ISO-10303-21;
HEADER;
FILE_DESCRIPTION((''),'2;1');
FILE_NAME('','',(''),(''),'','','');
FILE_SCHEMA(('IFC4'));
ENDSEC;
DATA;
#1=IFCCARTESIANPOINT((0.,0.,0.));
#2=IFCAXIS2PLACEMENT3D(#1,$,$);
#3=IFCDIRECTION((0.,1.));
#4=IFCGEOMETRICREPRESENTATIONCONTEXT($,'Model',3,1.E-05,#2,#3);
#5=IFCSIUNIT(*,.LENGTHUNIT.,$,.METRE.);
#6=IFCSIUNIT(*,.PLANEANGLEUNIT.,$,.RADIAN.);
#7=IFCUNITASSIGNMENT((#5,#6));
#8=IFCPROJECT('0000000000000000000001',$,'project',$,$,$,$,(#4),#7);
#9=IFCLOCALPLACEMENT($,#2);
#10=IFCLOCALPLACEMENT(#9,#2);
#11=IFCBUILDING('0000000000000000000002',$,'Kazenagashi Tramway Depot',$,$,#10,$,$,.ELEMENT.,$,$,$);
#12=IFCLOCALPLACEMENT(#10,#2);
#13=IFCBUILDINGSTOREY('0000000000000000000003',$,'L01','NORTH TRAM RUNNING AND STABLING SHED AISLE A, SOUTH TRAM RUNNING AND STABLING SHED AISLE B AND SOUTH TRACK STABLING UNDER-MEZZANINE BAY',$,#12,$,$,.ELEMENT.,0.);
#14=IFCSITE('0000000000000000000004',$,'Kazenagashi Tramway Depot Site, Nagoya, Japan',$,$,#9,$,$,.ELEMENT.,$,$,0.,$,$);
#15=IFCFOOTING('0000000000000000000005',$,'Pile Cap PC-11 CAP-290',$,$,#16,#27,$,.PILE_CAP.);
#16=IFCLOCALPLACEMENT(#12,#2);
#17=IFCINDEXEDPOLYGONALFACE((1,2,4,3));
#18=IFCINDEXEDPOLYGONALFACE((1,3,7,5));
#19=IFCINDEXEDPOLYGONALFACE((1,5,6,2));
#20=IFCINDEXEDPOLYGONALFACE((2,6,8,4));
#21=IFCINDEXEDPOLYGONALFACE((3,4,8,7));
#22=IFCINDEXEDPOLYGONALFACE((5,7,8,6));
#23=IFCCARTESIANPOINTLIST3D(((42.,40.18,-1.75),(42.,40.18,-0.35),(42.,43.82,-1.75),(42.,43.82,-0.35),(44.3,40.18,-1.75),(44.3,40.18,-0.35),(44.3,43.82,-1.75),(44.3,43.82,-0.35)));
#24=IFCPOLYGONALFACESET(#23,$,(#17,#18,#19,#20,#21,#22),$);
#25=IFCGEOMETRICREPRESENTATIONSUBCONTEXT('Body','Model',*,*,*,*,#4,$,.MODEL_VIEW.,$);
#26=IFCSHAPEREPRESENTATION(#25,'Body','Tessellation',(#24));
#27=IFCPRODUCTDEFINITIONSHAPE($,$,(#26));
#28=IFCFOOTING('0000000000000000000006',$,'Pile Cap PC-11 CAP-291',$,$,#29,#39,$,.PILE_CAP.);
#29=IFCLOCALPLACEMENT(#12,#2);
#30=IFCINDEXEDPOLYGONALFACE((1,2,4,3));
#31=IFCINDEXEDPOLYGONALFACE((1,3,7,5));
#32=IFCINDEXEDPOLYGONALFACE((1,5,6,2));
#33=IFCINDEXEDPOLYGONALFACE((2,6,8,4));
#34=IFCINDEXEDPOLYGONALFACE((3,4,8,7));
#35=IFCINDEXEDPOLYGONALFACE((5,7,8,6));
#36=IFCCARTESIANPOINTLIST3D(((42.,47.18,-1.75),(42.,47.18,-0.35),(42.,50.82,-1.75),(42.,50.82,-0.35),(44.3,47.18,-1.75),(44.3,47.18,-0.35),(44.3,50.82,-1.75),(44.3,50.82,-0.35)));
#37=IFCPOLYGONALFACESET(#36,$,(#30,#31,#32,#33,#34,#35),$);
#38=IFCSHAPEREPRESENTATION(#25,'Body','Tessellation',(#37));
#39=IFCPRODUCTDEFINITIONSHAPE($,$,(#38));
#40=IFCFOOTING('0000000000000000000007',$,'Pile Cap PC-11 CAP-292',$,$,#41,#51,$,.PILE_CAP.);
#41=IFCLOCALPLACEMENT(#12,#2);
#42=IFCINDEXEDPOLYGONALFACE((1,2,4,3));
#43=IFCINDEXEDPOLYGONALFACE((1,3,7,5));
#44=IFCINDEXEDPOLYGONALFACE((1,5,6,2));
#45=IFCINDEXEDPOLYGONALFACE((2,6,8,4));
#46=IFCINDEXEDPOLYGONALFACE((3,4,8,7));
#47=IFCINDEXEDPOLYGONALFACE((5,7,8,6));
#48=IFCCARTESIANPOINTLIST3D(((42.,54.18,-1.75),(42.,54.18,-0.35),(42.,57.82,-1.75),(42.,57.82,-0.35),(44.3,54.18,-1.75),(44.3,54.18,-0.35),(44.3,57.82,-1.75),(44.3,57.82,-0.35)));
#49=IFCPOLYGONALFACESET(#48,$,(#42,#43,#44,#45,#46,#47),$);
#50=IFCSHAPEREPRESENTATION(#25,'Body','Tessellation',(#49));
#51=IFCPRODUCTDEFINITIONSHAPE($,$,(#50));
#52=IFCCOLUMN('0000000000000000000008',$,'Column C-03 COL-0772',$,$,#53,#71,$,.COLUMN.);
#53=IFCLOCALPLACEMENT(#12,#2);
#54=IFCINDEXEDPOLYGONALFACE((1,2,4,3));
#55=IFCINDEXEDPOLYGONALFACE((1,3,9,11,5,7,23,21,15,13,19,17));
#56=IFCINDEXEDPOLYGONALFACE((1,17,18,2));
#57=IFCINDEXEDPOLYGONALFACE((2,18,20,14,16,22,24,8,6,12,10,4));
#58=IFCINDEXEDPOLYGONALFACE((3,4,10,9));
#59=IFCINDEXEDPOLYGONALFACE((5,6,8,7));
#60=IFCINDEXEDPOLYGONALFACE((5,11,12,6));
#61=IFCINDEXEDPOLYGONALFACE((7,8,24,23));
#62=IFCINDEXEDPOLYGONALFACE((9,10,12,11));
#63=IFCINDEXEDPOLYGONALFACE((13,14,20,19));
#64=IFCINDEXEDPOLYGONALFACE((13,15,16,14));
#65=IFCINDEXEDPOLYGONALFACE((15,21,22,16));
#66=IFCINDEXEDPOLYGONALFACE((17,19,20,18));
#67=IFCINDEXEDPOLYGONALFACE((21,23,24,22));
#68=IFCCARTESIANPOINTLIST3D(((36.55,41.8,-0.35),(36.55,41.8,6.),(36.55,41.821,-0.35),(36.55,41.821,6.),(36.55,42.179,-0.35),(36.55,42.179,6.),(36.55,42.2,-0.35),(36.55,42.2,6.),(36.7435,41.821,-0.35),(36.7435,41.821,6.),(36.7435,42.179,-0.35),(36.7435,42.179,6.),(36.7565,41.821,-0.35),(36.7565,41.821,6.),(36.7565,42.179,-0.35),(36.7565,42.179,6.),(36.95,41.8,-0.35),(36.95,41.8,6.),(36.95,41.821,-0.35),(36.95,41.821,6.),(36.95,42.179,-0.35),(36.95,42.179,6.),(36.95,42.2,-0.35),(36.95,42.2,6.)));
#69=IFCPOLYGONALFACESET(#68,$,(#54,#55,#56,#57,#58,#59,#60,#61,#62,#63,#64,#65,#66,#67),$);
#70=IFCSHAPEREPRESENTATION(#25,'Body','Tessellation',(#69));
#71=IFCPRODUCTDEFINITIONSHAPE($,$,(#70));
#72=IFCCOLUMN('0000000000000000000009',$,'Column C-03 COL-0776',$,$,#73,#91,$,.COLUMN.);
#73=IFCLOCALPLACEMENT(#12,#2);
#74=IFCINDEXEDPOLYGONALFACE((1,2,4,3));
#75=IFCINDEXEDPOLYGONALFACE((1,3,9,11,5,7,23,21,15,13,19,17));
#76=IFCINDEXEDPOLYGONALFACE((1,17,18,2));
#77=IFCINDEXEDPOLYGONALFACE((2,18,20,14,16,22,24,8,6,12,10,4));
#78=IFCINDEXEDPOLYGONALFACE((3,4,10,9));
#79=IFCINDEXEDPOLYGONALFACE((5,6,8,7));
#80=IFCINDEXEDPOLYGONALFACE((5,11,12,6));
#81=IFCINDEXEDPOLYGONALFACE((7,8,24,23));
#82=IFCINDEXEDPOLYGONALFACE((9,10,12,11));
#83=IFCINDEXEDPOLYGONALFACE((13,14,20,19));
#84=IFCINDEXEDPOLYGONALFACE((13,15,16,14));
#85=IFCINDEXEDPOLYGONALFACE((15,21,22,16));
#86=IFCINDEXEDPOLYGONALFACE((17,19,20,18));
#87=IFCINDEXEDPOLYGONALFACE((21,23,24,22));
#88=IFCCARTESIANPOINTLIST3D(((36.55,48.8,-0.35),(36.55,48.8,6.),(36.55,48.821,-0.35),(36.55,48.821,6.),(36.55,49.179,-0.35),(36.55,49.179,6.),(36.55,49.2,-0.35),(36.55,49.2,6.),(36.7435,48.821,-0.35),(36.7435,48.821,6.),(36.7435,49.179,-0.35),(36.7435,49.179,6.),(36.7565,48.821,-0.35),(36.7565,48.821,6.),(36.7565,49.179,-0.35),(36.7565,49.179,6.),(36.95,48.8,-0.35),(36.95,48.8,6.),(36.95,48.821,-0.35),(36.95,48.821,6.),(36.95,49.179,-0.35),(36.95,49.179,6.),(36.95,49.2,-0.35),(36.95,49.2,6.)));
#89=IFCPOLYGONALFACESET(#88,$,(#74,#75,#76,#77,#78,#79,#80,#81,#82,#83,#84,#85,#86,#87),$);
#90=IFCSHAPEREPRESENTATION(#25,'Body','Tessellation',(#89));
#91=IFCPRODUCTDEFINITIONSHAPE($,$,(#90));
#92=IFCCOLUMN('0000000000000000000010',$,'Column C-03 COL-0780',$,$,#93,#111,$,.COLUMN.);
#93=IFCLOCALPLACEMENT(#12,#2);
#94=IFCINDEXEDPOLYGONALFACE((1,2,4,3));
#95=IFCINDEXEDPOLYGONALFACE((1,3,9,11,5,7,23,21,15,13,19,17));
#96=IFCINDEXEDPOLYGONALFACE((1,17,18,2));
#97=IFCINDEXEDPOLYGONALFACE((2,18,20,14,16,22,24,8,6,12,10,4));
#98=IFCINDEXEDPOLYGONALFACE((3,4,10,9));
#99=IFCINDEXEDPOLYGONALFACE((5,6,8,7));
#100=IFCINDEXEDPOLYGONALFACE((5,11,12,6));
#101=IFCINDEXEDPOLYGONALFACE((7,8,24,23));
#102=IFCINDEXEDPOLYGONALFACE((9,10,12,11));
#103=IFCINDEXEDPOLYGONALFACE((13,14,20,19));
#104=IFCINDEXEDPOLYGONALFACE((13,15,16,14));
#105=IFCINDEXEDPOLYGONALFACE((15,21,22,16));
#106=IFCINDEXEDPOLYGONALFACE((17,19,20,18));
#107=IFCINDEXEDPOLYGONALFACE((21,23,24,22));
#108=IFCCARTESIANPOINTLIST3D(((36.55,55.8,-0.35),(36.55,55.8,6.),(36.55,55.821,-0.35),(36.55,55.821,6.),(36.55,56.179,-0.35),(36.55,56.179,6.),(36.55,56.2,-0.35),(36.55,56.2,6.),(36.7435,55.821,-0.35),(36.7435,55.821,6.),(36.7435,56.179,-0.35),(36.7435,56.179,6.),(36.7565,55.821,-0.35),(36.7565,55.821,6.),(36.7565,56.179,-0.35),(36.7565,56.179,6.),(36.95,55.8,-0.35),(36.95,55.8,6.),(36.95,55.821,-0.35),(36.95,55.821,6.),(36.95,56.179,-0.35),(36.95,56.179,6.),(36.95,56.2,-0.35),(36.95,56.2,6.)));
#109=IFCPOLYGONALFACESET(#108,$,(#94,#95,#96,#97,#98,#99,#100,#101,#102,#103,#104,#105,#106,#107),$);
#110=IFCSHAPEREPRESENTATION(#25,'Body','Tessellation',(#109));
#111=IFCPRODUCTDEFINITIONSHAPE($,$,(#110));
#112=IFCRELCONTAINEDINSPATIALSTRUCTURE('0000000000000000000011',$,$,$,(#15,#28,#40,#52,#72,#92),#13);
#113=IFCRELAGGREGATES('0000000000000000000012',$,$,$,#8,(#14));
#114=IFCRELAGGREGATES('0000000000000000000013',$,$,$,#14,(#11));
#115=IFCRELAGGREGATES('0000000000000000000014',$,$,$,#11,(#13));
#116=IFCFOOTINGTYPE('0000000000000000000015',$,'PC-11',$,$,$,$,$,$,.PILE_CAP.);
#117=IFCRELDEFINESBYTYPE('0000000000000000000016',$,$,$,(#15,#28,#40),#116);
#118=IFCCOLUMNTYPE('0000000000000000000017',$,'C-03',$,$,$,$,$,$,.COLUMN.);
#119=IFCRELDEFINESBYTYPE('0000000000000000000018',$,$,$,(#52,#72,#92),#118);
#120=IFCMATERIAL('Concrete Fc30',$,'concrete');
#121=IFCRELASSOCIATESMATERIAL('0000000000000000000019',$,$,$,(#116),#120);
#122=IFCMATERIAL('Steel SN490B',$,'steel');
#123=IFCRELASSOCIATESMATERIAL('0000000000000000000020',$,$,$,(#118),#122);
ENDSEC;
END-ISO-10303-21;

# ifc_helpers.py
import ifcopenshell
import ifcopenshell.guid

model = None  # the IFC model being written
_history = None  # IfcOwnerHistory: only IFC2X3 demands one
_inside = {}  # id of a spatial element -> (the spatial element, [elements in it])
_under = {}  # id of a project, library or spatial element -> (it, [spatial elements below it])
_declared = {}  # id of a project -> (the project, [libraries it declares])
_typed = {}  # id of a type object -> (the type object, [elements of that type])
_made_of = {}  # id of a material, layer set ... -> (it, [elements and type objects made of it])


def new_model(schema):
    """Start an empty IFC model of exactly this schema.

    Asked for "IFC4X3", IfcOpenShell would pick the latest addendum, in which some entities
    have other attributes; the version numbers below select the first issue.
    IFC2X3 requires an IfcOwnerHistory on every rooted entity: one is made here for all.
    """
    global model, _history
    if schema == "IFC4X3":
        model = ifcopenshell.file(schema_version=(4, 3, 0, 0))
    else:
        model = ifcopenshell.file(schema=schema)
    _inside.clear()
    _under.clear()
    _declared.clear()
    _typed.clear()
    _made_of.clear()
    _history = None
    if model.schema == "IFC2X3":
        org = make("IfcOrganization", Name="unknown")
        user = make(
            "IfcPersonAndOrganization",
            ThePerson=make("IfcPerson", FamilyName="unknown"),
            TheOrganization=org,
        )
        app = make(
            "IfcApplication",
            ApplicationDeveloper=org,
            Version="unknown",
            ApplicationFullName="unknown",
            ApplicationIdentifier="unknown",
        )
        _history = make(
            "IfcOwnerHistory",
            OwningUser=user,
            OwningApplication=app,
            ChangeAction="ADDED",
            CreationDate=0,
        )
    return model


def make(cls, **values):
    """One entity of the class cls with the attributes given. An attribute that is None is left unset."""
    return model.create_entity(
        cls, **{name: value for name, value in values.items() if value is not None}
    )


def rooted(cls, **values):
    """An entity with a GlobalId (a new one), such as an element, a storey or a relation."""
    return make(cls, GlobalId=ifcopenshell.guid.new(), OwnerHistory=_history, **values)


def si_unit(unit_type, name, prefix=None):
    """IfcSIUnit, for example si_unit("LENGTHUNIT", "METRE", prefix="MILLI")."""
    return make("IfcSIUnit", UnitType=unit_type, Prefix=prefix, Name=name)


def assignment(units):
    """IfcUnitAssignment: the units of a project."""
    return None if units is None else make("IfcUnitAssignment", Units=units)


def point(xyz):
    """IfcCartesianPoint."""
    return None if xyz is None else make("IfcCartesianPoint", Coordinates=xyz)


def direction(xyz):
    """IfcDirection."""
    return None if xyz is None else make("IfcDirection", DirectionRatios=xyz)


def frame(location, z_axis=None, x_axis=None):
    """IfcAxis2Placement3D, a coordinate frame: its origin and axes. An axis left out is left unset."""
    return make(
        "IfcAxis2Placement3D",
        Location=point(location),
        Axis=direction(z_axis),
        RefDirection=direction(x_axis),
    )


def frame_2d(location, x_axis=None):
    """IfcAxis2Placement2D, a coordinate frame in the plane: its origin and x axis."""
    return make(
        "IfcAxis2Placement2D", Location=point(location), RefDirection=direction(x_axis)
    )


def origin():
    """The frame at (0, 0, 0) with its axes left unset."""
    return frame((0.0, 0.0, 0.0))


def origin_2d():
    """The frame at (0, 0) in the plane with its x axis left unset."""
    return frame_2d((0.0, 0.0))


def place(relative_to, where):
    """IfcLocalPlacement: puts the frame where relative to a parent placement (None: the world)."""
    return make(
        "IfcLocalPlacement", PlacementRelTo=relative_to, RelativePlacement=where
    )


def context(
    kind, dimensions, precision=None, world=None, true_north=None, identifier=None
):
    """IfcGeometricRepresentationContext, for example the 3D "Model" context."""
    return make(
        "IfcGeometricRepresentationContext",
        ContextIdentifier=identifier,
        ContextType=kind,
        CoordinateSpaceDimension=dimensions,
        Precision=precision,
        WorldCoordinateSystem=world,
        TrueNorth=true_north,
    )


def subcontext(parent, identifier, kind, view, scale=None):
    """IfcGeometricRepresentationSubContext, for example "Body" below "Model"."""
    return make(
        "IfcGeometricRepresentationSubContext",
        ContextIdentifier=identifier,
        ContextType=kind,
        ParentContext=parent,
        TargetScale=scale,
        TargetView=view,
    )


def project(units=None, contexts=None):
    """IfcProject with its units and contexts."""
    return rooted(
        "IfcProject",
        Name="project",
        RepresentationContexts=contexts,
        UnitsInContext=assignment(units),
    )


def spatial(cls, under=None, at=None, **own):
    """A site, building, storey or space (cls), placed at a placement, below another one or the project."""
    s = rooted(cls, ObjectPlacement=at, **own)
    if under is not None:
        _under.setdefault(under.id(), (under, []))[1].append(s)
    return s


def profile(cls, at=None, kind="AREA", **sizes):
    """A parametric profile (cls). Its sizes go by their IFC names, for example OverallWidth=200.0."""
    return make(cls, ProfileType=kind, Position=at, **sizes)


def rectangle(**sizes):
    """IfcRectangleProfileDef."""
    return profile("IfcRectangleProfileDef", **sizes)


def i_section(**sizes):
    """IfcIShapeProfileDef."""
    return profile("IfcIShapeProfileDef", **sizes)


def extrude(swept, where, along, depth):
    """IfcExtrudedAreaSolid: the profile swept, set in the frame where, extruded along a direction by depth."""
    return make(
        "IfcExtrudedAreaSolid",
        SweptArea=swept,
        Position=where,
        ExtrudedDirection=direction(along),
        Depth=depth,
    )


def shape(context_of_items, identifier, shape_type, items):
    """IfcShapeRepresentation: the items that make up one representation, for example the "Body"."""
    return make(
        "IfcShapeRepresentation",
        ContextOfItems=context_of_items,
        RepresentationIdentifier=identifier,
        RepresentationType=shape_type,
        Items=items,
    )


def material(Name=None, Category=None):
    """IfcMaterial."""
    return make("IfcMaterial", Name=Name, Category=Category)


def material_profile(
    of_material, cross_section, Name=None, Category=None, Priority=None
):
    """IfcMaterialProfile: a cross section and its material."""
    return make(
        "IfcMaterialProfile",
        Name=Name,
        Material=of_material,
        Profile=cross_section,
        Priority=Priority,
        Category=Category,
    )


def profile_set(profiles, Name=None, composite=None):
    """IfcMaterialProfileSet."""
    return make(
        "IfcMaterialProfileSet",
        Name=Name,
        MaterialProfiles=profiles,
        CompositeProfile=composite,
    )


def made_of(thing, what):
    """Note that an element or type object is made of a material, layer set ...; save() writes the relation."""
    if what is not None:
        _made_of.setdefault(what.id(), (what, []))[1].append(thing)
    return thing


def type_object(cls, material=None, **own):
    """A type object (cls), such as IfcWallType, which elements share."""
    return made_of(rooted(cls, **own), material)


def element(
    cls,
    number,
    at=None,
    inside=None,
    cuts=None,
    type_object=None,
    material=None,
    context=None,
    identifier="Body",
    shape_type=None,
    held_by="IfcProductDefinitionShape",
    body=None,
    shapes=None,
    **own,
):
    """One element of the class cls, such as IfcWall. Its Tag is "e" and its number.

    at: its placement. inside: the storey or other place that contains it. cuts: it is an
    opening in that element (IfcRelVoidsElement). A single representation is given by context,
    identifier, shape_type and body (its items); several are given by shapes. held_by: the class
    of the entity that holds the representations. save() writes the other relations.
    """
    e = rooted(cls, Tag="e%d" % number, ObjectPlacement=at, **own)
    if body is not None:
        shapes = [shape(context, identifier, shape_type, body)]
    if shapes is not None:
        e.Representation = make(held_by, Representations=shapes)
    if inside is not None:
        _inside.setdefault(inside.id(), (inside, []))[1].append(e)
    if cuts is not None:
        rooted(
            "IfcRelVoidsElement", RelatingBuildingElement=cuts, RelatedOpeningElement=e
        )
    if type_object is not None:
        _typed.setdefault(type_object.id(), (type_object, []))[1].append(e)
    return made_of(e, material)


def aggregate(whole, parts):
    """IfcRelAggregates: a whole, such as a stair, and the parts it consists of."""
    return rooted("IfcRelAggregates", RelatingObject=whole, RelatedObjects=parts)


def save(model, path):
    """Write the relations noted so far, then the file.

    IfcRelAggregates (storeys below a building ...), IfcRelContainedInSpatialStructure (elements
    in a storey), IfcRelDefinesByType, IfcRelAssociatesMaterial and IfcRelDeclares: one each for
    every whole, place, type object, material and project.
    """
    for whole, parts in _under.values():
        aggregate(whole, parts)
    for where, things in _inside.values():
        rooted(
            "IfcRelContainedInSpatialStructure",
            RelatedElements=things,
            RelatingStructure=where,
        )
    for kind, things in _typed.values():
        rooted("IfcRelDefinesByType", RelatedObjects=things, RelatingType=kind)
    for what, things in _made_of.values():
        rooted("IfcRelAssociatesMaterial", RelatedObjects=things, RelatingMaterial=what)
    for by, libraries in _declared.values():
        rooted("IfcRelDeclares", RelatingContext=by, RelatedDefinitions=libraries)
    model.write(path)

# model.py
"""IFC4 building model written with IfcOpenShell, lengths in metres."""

from ifc_helpers import new_model, si_unit, direction, frame, origin, origin_2d, place, context, subcontext, project, spatial, rectangle, i_section, extrude, material, material_profile, profile_set, type_object, element, save


model = new_model("IFC4")

# Units and contexts
model_context = context("Model", 3, precision=1e-05, world=origin(), true_north=direction((0.0, 1.0)))
body_context = subcontext(model_context, "Body", "Model", "MODEL_VIEW")
ifc_project = project(units=[si_unit("LENGTHUNIT", "METRE"), si_unit("PLANEANGLEUNIT", "RADIAN")], contexts=[model_context])

# Site, building, storey
site_placement = place(None, origin())
site = spatial("IfcSite", under=ifc_project, at=site_placement, Name="Kazenagashi Tramway Depot Site, Nagoya, Japan", CompositionType="ELEMENT", RefElevation=0.0)
building_placement = place(site_placement, origin())
building = spatial("IfcBuilding", under=site, at=building_placement, Name="Kazenagashi Tramway Depot", CompositionType="ELEMENT")
storey_placement = place(building_placement, origin())
storey = spatial("IfcBuildingStorey", under=building, at=storey_placement, Name="L01", Description="NORTH TRAM RUNNING AND STABLING SHED AISLE A, SOUTH TRAM RUNNING AND STABLING SHED AISLE B AND SOUTH TRACK STABLING UNDER-MEZZANINE BAY", CompositionType="ELEMENT", Elevation=0.0)

# Shared definitions
ifc_material_1 = material(Name="Concrete Fc30", Category="concrete")

# Footings
footing_type_1 = type_object("IfcFootingType", Name="PC-11", PredefinedType="PILE_CAP", material=ifc_material_1)
for number, where, z_axis, x_axis, name in (
    (1, (43.15, 42.0, -1.75), (0.0, 0.0, 1.0), (1.0, 0.0, 0.0), "Pile Cap PC-11 CAP-290"),
    (2, (43.15, 49.0, -1.75), (0.0, 0.0, 1.0), (1.0, 0.0, 0.0), "Pile Cap PC-11 CAP-291"),
    (3, (43.15, 56.0, -1.75), (0.0, 0.0, 1.0), (1.0, 0.0, 0.0), "Pile Cap PC-11 CAP-292"),
):
    element("IfcFooting", number, at=place(storey_placement, frame(where, z_axis=z_axis, x_axis=x_axis)), inside=storey, type_object=footing_type_1, Name=name, PredefinedType="PILE_CAP", context=body_context, shape_type="SweptSolid", body=[
        extrude(rectangle(XDim=2.3, YDim=3.64, at=origin_2d()), origin(), (0.0, 0.0, 1.0), 1.4),
    ])

# Columns
ifc_material_2 = material(Name="Steel SN490B", Category="steel")
ifc_material_profile_1 = material_profile(ifc_material_2, i_section(OverallWidth=0.4, OverallDepth=0.4, WebThickness=0.013, FlangeThickness=0.021, at=origin_2d()), Name="H-400x400x13x21")
ifc_profile_set_1 = profile_set([ifc_material_profile_1], Name="Steel SN490B")
column_type = type_object("IfcColumnType", Name="C-03", PredefinedType="COLUMN", material=ifc_profile_set_1)
for number, where, z_axis, x_axis, name in (
    (4, (36.75, 42.0, -0.35), (0.0, 0.0, 1.0), (1.0, 0.0, 0.0), "Column C-03 COL-0772"),
    (5, (36.75, 49.0, -0.35), (0.0, 0.0, 1.0), (1.0, 0.0, 0.0), "Column C-03 COL-0776"),
    (6, (36.75, 56.0, -0.35), (0.0, 0.0, 1.0), (1.0, 0.0, 0.0), "Column C-03 COL-0780"),
):
    element("IfcColumn", number, at=place(storey_placement, frame(where, z_axis=z_axis, x_axis=x_axis)), inside=storey, type_object=column_type, Name=name, PredefinedType="COLUMN", context=body_context, shape_type="SweptSolid", body=[
        extrude(i_section(OverallWidth=0.4, OverallDepth=0.4, WebThickness=0.013, FlangeThickness=0.021, at=origin_2d()), origin(), (0.0, 0.0, 1.0), 6.35),
    ])

save(model, "model.ifc")
